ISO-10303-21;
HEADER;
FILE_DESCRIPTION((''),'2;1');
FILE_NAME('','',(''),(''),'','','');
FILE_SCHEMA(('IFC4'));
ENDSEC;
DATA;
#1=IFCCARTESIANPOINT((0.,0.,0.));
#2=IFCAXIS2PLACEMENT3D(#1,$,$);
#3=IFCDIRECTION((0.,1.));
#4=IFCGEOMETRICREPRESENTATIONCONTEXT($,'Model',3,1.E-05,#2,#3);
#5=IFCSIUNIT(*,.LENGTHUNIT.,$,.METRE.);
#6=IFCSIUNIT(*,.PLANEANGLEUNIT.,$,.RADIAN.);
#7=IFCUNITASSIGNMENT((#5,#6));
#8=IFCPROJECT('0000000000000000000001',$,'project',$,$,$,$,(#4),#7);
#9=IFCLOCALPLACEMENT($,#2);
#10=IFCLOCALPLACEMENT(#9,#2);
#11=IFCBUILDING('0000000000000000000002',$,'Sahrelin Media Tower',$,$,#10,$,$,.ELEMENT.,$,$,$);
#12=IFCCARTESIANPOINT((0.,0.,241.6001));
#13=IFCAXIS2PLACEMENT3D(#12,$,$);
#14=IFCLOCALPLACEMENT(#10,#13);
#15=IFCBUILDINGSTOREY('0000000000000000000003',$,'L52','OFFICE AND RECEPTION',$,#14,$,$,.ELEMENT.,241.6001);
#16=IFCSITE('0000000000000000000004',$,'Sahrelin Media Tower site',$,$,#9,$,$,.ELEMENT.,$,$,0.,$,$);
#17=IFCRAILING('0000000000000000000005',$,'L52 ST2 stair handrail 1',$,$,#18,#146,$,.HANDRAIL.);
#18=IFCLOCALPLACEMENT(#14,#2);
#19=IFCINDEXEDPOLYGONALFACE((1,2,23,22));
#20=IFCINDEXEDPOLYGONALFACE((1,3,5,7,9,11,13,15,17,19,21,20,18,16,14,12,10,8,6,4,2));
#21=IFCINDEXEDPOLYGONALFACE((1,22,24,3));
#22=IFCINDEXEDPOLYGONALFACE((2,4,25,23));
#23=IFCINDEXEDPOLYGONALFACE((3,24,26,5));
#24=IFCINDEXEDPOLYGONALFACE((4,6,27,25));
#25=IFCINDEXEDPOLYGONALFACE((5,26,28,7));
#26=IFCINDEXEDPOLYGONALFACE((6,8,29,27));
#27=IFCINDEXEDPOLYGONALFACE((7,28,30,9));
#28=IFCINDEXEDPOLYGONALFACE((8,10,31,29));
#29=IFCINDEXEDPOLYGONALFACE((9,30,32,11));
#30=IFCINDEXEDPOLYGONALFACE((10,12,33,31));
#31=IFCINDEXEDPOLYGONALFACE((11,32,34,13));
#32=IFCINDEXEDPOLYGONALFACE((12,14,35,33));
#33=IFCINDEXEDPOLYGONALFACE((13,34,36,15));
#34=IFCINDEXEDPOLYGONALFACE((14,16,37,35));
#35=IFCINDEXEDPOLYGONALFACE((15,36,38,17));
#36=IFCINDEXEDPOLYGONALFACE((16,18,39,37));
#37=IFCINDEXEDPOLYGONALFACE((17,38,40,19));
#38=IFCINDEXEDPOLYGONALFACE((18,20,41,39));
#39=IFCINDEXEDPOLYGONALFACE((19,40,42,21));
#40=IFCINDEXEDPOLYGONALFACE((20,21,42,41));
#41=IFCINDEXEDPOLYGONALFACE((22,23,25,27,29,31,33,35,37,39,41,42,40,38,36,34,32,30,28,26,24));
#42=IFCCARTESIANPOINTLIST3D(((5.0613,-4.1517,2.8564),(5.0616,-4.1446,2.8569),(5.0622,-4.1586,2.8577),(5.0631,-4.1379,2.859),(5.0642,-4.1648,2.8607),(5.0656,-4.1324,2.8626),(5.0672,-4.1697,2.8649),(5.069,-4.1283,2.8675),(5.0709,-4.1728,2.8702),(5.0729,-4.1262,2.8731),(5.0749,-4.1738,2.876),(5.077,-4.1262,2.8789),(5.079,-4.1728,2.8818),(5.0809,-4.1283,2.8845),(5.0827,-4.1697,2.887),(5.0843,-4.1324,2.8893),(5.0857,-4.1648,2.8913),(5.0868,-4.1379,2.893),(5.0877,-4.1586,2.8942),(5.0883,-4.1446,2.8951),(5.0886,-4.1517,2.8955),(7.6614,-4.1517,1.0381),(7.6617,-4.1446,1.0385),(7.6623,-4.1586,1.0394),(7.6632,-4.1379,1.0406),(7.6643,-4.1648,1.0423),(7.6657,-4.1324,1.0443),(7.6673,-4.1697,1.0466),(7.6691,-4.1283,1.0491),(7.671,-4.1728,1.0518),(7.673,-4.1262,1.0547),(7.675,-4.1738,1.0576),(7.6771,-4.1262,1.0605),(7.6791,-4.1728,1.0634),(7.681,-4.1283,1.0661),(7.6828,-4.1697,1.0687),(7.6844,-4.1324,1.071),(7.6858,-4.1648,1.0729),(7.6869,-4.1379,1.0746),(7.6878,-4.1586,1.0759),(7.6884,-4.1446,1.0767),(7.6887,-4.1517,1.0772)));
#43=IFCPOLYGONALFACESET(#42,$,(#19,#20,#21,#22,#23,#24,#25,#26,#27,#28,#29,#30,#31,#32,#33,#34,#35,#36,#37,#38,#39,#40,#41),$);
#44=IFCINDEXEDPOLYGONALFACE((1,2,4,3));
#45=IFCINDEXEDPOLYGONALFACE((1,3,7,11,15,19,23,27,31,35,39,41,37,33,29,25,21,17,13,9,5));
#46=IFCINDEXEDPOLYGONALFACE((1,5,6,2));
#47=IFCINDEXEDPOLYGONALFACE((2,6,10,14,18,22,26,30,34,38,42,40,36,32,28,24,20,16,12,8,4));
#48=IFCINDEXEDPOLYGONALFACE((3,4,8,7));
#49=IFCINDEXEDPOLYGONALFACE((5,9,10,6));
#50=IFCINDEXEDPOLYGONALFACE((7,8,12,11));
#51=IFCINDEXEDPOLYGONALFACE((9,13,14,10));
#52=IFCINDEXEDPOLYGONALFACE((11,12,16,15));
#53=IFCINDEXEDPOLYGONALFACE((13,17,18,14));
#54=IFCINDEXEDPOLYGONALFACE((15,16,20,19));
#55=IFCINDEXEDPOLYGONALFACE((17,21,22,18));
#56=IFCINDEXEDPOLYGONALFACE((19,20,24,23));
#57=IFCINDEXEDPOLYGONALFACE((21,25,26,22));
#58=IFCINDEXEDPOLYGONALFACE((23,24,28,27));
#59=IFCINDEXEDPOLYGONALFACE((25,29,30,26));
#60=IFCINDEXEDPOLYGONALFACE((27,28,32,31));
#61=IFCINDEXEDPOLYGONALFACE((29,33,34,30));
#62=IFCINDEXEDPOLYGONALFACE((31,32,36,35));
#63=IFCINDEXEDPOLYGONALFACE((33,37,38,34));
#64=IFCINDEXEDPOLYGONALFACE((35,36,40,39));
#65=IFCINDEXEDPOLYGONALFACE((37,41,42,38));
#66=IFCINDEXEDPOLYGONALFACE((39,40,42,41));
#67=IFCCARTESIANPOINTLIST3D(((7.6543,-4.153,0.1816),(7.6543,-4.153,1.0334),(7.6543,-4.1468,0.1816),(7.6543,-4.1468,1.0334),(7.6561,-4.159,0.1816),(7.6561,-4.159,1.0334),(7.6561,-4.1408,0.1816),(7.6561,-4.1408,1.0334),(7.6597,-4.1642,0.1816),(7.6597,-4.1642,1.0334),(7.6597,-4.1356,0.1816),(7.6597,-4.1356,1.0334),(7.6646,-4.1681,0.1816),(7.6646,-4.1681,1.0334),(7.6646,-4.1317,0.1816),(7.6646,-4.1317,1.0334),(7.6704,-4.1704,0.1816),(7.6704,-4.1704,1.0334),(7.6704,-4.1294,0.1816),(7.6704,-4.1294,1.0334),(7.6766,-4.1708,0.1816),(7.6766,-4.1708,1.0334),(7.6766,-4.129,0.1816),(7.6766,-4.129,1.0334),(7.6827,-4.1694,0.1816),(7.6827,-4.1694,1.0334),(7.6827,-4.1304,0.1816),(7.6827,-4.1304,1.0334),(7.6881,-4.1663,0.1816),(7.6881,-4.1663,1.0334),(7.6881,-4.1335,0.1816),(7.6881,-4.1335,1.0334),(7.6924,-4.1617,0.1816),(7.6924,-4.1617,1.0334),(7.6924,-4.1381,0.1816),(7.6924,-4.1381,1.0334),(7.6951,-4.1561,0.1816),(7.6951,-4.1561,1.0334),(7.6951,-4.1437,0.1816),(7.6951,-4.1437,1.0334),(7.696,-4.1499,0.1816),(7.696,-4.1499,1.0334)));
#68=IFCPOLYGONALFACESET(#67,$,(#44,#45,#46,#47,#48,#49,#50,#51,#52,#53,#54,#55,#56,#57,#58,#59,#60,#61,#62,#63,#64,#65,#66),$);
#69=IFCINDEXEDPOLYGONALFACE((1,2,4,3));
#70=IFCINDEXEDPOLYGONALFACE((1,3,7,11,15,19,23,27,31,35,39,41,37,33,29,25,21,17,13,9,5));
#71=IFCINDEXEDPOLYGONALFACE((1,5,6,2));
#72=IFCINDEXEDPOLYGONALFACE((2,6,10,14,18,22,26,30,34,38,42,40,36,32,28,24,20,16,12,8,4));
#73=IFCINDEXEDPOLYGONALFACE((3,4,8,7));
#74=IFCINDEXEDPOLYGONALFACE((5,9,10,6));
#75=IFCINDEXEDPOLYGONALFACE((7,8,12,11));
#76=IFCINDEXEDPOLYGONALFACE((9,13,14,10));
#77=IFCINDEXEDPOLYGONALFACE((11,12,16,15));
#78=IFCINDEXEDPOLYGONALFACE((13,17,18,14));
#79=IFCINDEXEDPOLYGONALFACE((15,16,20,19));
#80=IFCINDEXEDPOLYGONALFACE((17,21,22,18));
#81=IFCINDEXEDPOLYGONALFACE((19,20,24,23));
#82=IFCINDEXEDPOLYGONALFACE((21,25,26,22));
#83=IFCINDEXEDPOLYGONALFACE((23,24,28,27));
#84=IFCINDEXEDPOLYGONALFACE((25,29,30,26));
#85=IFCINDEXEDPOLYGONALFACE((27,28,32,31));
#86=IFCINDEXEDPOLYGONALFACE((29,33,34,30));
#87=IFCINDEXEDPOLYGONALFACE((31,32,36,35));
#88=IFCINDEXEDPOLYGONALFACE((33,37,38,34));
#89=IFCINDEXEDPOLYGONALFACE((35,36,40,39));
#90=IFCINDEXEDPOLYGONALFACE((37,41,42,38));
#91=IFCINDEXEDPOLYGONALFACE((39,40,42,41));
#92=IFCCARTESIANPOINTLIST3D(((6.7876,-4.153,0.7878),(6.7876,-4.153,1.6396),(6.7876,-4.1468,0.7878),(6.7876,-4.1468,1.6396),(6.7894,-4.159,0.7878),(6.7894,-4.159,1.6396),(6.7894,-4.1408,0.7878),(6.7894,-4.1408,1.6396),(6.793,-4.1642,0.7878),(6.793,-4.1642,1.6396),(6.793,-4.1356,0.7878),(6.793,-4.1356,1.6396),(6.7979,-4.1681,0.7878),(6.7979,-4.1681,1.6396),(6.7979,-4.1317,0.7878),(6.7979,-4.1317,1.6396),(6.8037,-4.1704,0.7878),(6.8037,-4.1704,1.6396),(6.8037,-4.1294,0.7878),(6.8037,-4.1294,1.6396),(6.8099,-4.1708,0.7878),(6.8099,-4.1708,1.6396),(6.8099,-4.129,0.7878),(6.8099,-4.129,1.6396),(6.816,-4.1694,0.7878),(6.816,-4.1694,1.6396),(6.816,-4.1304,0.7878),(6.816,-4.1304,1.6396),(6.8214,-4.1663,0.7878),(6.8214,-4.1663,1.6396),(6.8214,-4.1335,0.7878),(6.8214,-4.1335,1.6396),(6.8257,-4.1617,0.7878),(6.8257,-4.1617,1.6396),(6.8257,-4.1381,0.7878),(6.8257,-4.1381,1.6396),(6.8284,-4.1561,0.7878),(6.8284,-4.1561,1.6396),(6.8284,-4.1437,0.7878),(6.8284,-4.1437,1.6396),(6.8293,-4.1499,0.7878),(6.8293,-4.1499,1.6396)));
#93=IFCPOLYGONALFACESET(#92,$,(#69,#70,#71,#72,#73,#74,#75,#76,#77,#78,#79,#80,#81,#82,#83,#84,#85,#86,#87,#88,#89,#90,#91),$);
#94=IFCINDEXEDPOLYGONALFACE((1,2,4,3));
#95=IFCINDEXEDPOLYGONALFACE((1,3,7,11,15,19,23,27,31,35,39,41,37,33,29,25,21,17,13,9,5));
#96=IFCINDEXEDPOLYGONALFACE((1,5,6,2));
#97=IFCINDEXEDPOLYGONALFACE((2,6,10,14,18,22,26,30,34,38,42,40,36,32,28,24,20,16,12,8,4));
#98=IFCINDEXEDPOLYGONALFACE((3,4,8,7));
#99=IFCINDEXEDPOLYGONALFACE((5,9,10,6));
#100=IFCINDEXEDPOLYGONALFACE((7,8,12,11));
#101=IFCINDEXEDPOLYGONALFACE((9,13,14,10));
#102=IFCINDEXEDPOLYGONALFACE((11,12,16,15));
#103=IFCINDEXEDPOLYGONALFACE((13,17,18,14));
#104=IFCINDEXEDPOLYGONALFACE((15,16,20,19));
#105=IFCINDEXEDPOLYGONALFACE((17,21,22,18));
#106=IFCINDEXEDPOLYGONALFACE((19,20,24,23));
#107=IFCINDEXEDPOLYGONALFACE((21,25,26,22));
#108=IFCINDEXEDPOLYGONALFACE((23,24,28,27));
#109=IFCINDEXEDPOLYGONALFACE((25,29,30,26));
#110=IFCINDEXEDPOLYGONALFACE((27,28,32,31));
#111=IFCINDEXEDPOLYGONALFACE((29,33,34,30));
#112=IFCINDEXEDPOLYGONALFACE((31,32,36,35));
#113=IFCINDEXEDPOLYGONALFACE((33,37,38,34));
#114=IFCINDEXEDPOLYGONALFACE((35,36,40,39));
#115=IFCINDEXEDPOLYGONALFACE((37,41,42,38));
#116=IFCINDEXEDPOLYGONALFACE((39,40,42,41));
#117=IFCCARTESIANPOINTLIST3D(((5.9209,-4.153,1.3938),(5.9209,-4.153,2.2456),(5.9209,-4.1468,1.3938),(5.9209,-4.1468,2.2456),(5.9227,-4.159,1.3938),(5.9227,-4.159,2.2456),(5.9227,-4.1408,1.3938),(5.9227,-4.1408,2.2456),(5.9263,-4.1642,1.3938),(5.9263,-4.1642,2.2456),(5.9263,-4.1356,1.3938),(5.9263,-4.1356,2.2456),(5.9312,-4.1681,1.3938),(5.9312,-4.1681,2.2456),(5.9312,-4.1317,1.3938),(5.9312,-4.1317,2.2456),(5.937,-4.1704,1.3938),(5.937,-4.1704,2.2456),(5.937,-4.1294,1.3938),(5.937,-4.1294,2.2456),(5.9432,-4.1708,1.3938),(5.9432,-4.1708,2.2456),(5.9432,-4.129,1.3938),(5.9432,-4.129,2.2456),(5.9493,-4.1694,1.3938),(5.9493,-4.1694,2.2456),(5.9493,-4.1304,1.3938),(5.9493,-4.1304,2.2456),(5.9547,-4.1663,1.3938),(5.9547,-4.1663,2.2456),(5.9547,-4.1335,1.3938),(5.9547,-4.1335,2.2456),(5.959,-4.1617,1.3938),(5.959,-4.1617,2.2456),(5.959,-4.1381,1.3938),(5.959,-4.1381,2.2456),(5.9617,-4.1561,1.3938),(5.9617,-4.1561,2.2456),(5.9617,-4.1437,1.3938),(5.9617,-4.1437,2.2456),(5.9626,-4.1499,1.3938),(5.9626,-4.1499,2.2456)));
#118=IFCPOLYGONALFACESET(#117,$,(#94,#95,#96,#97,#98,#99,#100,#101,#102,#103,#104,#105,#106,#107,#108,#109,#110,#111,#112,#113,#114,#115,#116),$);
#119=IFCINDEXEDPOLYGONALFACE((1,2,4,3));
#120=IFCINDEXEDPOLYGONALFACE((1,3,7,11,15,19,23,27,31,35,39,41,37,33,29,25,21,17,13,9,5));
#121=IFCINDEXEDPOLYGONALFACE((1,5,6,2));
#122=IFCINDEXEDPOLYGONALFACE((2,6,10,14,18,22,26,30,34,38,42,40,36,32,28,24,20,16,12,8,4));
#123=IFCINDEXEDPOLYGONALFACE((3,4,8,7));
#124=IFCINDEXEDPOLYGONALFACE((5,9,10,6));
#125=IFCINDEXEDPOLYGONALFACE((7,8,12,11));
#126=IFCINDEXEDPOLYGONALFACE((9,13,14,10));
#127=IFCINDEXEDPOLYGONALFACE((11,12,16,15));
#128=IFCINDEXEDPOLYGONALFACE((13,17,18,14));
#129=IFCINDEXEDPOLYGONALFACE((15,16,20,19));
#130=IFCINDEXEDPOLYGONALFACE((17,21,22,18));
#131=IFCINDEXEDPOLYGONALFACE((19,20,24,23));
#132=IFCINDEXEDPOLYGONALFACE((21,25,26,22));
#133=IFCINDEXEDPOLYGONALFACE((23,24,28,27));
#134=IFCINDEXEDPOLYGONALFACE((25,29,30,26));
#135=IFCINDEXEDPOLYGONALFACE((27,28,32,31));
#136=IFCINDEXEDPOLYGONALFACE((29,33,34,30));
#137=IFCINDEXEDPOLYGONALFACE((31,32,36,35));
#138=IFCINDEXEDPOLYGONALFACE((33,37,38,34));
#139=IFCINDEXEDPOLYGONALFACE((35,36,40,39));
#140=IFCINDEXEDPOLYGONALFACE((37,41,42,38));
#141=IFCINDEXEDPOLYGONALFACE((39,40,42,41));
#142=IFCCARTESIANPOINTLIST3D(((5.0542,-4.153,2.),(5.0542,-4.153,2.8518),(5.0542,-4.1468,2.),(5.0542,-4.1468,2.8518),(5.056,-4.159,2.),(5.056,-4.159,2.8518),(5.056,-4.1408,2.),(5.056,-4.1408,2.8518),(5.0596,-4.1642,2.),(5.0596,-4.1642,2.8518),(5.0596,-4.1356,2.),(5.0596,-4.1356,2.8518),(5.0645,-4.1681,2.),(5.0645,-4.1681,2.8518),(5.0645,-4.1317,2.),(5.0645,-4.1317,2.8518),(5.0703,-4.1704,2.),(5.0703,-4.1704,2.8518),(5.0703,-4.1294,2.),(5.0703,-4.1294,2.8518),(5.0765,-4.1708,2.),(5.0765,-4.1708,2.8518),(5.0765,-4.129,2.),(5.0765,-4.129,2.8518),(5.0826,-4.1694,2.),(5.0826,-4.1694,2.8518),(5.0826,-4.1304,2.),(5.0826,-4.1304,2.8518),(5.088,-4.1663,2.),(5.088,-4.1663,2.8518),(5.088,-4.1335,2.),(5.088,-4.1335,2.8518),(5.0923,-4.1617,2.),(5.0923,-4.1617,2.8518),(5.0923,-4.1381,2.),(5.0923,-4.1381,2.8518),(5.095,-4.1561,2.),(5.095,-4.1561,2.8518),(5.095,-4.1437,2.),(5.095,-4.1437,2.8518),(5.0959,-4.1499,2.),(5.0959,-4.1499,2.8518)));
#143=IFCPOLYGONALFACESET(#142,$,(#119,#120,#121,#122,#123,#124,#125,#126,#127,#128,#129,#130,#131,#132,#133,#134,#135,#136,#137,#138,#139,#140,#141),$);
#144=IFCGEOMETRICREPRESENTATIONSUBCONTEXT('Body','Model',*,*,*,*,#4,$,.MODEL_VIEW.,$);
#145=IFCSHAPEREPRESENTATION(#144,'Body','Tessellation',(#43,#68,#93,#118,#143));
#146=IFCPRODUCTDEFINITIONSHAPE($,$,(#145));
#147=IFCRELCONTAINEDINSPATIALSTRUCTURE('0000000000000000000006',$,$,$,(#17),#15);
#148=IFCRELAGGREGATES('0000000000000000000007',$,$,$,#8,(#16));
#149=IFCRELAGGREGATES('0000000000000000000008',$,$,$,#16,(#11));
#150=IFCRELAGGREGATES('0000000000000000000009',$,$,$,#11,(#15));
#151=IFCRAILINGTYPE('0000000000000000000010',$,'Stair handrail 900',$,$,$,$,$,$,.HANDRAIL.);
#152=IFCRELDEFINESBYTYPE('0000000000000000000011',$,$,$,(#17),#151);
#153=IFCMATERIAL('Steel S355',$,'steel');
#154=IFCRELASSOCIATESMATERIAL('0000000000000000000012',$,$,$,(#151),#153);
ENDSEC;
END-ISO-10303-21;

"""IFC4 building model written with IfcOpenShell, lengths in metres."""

from ifc_helpers import new_model, si_unit, direction, frame, origin, origin_2d, place, context, subcontext, project, spatial, circle, extrude, material, type_object, element, save


model = new_model("IFC4")

# Units and contexts
model_context = context("Model", 3, precision=1e-05, world=origin(), true_north=direction((0.0, 1.0)))
body_context = subcontext(model_context, "Body", "Model", "MODEL_VIEW")
ifc_project = project(units=[si_unit("LENGTHUNIT", "METRE"), si_unit("PLANEANGLEUNIT", "RADIAN")], contexts=[model_context])

# Site, building, storey
site_placement = place(None, origin())
site = spatial("IfcSite", under=ifc_project, at=site_placement, Name="Sahrelin Media Tower site", CompositionType="ELEMENT", RefElevation=0.0)
building_placement = place(site_placement, origin())
building = spatial("IfcBuilding", under=site, at=building_placement, Name="Sahrelin Media Tower", CompositionType="ELEMENT")
storey_placement = place(building_placement, frame((0.0, 0.0, 241.6001)))
storey = spatial("IfcBuildingStorey", under=building, at=storey_placement, Name="L52", Description="OFFICE AND RECEPTION", CompositionType="ELEMENT", Elevation=241.6001)

# Shared definitions
ifc_material_1 = material(Name="Steel S355", Category="steel")

# Railing
railing_type_1 = type_object("IfcRailingType", Name="Stair handrail 900", PredefinedType="HANDRAIL", material=ifc_material_1)
railing_1_placement = place(storey_placement, frame((7.675, -4.1499, 0.1816)))
element("IfcRailing", 1, at=railing_1_placement, inside=storey, type_object=railing_type_1, Name="L52 ST2 stair handrail 1", PredefinedType="HANDRAIL", context=body_context, shape_type="SweptSolid", body=[
    extrude(circle(Radius=0.0239, at=origin_2d()), frame((0.0, 0.0, 0.876), z_axis=(-0.819485, 0.0, 0.573101), x_axis=(0.0, -1.0, 0.0)), (0.0, 0.0, 1.0), 3.1729),
    extrude(circle(Radius=0.021, at=origin_2d()), origin(), (0.0, 0.0, 1.0), 0.8518),
    extrude(circle(Radius=0.021, at=origin_2d()), frame((-0.8667, 0.0, 0.6062)), (0.0, 0.0, 1.0), 0.8518),
    extrude(circle(Radius=0.021, at=origin_2d()), frame((-1.7334, 0.0, 1.2122)), (0.0, 0.0, 1.0), 0.8518),
    extrude(circle(Radius=0.021, at=origin_2d()), frame((-2.6001, 0.0, 1.8184)), (0.0, 0.0, 1.0), 0.8518),
])

save(model, "model.ifc")
